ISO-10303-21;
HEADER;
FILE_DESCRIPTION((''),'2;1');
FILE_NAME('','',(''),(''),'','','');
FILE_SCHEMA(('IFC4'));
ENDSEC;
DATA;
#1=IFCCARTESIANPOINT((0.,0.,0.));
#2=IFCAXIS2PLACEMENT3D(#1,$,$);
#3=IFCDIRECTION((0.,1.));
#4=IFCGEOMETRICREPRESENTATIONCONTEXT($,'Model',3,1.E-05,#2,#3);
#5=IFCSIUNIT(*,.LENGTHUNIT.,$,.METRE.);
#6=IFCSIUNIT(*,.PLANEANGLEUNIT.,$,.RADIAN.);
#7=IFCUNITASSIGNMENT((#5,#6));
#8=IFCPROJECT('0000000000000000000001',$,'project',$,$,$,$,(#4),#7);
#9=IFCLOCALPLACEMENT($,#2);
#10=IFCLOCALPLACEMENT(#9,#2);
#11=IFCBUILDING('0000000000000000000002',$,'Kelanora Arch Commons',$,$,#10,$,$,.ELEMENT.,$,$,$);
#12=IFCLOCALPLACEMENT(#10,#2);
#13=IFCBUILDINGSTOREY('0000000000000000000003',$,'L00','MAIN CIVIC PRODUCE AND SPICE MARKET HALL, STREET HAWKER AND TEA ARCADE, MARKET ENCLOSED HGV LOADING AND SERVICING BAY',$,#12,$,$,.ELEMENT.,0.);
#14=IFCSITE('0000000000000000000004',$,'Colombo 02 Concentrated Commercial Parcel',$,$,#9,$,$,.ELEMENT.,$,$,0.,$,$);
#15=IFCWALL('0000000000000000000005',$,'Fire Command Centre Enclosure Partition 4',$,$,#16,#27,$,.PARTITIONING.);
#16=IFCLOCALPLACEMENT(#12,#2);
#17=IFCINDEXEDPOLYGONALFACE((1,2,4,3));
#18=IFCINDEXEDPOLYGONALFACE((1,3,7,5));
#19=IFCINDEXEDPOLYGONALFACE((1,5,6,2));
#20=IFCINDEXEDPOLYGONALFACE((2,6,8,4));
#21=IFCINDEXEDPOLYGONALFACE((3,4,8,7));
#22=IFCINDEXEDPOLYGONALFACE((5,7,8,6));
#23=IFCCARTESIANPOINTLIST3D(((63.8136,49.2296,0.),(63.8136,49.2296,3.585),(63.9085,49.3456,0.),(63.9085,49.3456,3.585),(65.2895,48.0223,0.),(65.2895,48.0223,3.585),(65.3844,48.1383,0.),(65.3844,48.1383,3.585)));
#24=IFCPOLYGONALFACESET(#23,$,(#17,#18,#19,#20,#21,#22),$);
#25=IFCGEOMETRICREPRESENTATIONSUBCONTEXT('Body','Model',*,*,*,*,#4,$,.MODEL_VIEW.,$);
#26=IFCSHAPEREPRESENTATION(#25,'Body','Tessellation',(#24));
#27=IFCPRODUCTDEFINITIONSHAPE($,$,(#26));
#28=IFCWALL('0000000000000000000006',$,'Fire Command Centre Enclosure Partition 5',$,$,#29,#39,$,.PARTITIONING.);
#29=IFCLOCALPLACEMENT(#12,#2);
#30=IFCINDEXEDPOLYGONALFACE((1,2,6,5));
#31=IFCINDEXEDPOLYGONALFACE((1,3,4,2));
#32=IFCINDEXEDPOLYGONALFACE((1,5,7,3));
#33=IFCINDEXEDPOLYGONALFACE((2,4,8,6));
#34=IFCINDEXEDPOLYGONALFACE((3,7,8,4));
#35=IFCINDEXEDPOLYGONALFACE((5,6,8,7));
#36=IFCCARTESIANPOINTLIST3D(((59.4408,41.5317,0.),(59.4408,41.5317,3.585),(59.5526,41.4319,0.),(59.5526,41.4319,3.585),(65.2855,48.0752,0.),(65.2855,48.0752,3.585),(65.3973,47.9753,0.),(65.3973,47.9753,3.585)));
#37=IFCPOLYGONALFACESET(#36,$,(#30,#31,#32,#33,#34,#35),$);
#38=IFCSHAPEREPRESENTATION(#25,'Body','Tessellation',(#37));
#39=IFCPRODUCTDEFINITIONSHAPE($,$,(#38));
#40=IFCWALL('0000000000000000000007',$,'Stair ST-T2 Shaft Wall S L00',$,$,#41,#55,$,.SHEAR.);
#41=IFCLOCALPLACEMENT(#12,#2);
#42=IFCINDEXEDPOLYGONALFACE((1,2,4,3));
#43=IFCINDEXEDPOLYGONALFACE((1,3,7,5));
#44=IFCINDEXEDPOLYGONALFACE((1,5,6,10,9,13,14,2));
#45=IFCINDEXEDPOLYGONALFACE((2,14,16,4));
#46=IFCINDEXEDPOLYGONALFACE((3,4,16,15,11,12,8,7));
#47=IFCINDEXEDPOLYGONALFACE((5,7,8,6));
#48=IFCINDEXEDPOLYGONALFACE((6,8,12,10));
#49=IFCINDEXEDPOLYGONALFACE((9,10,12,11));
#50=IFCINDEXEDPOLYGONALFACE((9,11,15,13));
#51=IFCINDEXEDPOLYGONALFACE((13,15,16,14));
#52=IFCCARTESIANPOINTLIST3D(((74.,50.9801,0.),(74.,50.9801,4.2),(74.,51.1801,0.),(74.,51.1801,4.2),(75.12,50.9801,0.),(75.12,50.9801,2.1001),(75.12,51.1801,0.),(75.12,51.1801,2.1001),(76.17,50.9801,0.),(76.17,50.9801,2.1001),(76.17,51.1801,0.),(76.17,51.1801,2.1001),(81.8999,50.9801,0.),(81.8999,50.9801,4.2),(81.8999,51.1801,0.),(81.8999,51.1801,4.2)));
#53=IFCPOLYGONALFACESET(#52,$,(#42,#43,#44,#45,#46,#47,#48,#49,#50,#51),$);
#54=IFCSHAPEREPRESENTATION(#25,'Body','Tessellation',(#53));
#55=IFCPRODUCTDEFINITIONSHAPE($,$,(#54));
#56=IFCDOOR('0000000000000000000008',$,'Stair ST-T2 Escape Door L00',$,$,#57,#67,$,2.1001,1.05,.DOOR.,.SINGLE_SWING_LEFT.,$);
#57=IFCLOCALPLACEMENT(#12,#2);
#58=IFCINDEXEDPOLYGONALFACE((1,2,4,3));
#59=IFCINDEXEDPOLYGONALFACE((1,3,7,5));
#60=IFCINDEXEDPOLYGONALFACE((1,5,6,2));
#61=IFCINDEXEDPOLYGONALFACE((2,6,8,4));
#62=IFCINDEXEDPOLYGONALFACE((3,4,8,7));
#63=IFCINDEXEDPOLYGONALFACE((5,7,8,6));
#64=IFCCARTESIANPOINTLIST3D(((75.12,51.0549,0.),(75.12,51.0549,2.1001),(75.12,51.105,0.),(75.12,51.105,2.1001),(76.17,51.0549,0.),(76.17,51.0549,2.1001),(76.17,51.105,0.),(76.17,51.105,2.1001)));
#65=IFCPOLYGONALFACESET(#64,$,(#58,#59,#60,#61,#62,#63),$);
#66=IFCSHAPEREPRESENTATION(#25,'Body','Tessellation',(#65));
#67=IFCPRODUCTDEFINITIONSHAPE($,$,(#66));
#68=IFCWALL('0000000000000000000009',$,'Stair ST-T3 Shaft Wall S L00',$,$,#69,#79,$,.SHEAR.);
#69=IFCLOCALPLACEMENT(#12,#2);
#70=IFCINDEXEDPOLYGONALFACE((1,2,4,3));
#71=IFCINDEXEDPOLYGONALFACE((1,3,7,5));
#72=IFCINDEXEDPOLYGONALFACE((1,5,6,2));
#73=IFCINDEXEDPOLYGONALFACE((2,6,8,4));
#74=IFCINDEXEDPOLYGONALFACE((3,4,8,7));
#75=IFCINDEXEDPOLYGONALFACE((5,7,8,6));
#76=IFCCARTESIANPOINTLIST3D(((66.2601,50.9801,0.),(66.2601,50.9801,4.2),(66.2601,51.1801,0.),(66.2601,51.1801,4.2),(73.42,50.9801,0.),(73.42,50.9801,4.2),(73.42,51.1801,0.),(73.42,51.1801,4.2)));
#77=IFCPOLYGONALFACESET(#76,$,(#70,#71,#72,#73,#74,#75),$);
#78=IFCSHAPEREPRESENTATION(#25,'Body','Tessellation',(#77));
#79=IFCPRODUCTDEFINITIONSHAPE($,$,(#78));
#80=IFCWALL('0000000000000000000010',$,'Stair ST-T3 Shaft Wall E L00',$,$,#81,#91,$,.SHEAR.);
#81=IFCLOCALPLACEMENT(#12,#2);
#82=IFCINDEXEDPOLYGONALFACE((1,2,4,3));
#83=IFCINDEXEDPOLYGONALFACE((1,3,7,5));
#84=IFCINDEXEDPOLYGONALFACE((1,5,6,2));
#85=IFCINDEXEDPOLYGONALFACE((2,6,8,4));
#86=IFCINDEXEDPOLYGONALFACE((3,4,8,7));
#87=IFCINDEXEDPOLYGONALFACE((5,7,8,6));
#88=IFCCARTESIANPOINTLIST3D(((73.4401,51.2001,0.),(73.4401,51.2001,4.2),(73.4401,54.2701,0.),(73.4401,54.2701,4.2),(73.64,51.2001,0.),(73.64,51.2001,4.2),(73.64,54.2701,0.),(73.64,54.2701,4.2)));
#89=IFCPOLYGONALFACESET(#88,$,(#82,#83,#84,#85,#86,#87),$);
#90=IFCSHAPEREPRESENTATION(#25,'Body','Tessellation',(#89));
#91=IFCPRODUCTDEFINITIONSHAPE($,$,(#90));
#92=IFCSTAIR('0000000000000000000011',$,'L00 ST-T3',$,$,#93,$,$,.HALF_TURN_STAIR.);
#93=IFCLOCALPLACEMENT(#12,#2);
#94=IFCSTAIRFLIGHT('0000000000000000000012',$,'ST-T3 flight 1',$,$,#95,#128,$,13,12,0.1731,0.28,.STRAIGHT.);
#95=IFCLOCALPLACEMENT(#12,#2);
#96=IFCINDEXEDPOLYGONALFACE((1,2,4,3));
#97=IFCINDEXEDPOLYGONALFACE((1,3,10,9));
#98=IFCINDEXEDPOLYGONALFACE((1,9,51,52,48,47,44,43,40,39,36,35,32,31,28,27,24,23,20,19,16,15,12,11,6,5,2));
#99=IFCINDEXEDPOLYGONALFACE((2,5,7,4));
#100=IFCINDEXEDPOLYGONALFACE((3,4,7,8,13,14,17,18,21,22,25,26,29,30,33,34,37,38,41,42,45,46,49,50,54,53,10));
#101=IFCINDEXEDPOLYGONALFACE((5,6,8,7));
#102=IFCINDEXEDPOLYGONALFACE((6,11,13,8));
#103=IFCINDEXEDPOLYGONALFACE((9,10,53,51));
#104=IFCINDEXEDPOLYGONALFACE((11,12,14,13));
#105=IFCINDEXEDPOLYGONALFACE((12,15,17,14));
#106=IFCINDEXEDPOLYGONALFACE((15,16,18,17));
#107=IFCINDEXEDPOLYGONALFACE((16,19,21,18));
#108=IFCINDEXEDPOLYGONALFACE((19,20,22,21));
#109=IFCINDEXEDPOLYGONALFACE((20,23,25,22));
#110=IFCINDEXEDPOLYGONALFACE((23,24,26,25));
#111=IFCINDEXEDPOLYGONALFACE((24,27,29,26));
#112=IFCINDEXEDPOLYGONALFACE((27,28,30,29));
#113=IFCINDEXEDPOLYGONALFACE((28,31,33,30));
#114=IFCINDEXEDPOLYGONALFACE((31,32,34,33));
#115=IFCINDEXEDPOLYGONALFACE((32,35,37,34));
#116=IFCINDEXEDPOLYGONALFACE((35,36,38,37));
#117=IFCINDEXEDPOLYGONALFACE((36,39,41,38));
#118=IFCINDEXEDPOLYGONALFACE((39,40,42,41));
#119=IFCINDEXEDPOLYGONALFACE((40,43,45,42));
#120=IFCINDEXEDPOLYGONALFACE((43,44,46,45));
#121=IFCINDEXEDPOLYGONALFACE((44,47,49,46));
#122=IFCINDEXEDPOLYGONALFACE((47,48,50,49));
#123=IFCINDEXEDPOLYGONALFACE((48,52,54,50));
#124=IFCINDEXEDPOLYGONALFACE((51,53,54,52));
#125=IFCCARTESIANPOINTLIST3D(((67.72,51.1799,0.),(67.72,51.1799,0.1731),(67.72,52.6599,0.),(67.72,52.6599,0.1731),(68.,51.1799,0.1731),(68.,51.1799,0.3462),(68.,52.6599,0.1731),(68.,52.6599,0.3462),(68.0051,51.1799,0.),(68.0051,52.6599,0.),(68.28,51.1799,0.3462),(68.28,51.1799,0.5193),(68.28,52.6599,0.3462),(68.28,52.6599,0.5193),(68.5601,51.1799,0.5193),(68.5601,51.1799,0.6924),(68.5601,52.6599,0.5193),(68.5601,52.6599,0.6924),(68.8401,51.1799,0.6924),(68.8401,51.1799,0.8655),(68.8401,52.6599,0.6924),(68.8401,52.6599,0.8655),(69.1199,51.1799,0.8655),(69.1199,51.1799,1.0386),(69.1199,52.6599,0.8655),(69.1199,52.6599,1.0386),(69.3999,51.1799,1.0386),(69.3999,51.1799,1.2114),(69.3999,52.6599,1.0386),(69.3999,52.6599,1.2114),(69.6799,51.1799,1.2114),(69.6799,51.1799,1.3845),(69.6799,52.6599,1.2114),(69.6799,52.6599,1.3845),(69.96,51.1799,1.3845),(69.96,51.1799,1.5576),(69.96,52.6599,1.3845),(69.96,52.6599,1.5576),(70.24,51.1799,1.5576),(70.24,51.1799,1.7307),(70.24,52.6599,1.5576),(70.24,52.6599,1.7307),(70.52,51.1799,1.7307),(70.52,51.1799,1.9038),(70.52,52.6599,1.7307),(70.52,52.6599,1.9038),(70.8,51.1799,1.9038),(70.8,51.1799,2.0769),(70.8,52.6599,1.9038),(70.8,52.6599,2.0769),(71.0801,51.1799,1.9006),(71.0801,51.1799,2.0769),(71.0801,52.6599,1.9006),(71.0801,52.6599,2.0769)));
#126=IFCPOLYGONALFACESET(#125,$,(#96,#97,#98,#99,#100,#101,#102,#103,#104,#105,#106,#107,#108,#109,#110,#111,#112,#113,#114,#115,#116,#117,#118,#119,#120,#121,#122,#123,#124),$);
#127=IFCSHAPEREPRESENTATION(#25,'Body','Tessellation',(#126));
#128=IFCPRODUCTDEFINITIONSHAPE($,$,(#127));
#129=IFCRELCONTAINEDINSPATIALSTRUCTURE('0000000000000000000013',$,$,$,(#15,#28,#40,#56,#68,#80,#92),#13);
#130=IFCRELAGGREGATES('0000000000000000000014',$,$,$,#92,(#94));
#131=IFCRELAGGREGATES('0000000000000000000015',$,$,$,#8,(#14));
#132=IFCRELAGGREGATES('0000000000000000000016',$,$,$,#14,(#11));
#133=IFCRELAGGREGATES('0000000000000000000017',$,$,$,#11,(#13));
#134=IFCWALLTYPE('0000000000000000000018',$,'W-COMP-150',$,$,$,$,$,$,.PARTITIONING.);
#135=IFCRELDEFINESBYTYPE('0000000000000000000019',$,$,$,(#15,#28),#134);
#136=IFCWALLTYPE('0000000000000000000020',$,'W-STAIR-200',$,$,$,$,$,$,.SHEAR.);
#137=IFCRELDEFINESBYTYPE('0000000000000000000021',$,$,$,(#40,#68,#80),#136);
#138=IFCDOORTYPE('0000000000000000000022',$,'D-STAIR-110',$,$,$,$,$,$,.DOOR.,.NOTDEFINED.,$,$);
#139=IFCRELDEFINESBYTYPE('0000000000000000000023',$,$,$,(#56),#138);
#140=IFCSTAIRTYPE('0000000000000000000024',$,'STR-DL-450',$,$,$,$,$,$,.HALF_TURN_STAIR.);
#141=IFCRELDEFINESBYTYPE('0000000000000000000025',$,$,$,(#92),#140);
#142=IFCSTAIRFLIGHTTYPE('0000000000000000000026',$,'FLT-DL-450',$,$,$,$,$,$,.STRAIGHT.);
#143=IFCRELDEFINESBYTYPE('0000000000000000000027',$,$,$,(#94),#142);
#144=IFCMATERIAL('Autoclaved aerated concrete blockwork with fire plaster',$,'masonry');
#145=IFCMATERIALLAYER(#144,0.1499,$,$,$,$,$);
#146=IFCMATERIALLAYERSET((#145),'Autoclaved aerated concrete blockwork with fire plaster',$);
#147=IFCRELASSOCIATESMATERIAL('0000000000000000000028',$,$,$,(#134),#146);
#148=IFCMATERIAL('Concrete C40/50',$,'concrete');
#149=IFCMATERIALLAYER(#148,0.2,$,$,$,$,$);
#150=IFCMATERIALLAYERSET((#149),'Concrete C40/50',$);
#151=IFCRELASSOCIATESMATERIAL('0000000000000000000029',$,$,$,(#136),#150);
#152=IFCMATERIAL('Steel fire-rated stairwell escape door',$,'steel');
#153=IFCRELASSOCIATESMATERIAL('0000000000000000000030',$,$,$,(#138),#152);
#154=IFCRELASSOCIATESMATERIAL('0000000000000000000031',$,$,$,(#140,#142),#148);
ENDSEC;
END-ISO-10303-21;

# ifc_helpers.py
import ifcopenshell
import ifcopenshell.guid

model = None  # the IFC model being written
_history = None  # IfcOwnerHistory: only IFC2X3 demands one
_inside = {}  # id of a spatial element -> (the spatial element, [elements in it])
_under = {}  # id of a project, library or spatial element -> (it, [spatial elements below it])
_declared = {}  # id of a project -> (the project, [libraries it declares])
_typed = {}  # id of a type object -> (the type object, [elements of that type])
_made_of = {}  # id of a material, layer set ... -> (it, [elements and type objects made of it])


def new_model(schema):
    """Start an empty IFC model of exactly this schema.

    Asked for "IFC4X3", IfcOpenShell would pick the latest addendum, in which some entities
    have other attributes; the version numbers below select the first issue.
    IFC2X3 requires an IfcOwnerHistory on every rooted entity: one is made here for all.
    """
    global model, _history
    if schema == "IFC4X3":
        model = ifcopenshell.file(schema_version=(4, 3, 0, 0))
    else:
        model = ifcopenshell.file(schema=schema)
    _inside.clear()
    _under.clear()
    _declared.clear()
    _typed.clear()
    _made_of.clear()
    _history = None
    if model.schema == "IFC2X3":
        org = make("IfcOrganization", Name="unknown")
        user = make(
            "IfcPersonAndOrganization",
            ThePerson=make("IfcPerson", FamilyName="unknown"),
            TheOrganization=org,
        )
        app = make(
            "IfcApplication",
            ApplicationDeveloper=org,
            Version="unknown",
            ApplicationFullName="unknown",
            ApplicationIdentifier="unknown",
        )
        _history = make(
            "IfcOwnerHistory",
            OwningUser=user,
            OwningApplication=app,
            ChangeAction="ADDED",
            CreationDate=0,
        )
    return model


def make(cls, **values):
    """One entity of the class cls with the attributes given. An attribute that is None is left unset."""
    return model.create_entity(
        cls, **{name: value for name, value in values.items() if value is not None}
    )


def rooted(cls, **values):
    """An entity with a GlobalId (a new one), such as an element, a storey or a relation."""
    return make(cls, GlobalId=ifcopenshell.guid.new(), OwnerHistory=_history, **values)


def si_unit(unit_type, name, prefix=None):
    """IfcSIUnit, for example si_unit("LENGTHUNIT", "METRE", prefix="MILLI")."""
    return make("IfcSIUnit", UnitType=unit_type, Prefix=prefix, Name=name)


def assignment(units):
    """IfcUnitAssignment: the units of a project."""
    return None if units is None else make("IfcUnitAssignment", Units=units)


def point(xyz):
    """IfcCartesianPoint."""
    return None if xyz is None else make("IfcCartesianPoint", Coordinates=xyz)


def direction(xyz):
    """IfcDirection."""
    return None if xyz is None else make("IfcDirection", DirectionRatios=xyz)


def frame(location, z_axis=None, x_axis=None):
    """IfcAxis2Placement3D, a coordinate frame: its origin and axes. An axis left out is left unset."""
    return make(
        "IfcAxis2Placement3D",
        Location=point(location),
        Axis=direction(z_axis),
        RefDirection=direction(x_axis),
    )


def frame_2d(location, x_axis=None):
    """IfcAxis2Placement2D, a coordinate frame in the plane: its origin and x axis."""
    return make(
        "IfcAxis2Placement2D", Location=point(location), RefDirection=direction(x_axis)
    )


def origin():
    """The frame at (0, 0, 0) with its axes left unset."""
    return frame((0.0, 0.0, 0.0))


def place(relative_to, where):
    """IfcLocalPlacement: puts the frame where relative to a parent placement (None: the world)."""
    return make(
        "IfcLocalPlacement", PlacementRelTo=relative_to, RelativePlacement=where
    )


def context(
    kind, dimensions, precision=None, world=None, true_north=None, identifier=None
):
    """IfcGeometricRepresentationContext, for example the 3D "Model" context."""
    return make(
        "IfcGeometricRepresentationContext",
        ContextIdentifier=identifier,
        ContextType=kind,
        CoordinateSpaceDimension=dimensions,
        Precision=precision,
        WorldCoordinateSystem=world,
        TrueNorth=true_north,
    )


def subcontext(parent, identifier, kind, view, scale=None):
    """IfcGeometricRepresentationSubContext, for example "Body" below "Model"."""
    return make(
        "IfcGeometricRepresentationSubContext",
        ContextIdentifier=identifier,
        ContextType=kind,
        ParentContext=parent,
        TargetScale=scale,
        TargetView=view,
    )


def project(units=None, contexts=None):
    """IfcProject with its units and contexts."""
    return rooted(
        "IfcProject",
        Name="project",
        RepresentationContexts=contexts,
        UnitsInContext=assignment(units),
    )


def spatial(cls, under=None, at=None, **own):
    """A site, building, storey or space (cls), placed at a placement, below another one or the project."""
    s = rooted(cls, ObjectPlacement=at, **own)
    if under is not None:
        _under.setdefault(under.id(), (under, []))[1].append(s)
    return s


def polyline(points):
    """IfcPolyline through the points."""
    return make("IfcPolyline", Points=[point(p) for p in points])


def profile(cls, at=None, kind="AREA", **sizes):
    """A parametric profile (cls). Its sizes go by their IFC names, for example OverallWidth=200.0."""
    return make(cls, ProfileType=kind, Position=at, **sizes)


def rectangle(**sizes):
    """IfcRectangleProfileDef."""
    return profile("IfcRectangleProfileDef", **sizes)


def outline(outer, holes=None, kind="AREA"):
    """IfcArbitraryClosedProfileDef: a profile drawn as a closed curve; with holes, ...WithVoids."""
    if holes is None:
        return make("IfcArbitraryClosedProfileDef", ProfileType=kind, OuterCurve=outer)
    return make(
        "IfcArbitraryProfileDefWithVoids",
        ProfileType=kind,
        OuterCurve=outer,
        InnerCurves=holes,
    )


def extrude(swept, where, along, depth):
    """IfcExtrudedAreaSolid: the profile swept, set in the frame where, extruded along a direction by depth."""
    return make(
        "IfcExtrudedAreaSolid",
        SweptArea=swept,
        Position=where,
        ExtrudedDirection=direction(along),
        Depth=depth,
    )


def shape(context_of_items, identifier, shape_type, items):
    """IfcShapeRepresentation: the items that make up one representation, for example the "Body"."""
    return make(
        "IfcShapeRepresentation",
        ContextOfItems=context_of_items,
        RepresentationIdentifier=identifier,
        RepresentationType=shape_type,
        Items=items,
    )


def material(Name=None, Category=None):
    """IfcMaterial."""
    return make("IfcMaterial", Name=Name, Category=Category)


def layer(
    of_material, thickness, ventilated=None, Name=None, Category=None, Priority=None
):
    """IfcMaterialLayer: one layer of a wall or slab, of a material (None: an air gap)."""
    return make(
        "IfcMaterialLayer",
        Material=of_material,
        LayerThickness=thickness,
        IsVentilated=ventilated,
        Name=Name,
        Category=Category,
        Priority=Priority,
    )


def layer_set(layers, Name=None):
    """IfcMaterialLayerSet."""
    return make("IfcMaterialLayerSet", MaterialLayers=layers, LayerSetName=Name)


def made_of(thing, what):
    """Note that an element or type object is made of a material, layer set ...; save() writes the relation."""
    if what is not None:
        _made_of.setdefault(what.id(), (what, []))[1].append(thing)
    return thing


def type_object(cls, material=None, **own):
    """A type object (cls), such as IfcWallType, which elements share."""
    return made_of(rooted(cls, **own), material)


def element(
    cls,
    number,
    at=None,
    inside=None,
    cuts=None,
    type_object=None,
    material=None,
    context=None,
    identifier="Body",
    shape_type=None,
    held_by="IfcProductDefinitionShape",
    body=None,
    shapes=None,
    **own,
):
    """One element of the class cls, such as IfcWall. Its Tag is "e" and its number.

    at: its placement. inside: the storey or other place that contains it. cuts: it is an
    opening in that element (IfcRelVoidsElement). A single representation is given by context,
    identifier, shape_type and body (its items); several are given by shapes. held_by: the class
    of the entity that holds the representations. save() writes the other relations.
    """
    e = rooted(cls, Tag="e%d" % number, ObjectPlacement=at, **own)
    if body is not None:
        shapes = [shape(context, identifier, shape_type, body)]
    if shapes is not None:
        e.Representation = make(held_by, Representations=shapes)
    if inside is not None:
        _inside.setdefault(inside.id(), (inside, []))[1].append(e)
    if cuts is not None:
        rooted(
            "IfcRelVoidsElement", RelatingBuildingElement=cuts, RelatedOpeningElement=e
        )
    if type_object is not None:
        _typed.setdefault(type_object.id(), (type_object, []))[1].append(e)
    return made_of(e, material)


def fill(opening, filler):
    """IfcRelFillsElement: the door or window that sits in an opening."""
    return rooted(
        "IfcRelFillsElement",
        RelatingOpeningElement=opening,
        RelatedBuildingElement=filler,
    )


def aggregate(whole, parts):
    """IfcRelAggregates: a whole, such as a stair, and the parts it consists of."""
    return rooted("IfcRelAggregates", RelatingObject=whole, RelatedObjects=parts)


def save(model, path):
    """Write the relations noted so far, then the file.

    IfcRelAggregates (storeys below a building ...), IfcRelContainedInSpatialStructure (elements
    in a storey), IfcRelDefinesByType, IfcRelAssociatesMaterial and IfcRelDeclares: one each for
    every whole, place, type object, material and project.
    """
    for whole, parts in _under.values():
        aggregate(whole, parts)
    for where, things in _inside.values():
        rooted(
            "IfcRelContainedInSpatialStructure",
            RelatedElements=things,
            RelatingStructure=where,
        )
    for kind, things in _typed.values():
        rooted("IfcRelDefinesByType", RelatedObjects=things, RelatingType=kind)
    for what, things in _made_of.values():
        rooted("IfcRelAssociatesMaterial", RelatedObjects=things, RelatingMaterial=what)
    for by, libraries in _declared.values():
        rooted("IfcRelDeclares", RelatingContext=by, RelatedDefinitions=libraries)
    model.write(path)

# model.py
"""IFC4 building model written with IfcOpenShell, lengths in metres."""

from ifc_helpers import new_model, si_unit, direction, frame, frame_2d, origin, place, context, subcontext, project, spatial, polyline, rectangle, outline, extrude, material, layer, layer_set, type_object, element, fill, aggregate, save


model = new_model("IFC4")

# Units and contexts
model_context = context("Model", 3, precision=1e-05, world=origin(), true_north=direction((0.0, 1.0)))
body_context = subcontext(model_context, "Body", "Model", "MODEL_VIEW")
ifc_project = project(units=[si_unit("LENGTHUNIT", "METRE"), si_unit("PLANEANGLEUNIT", "RADIAN")], contexts=[model_context])

# Site, building, storey
site_placement = place(None, origin())
site = spatial("IfcSite", under=ifc_project, at=site_placement, Name="Colombo 02 Concentrated Commercial Parcel", CompositionType="ELEMENT", RefElevation=0.0)
building_placement = place(site_placement, origin())
building = spatial("IfcBuilding", under=site, at=building_placement, Name="Kelanora Arch Commons", CompositionType="ELEMENT")
storey_placement = place(building_placement, origin())
storey = spatial("IfcBuildingStorey", under=building, at=storey_placement, Name="L00", Description="MAIN CIVIC PRODUCE AND SPICE MARKET HALL, STREET HAWKER AND TEA ARCADE, MARKET ENCLOSED HGV LOADING AND SERVICING BAY", CompositionType="ELEMENT", Elevation=0.0)

# Shared definitions
ifc_material_1 = material(Name="Autoclaved aerated concrete blockwork with fire plaster", Category="masonry")
ifc_layer_1 = layer(ifc_material_1, 0.1499)
ifc_layer_set_1 = layer_set([ifc_layer_1], Name="Autoclaved aerated concrete blockwork with fire plaster")
wall_type_1 = type_object("IfcWallType", Name="W-COMP-150", PredefinedType="PARTITIONING", material=ifc_layer_set_1)

# Walls
wall_1_placement = place(storey_placement, frame((63.8611, 49.2876, 0.0), z_axis=(0.0, 0.0, 1.0), x_axis=(0.774014, -0.633168, 0.0)))
element("IfcWall", 1, at=wall_1_placement, inside=storey, type_object=wall_type_1, Name="Fire Command Centre Enclosure Partition 4", PredefinedType="PARTITIONING", context=body_context, shape_type="SweptSolid", body=[
    extrude(rectangle(XDim=1.9067, YDim=0.1499, at=frame_2d((0.9534, 0.0))), origin(), (0.0, 0.0, 1.0), 3.585),
])
wall_2_placement = place(storey_placement, frame((65.3413, 48.0251, 0.0), z_axis=(0.0, 0.0, 1.0), x_axis=(-0.666165, -0.745804, 0.0)))
element("IfcWall", 2, at=wall_2_placement, inside=storey, type_object=wall_type_1, Name="Fire Command Centre Enclosure Partition 5", PredefinedType="PARTITIONING", context=body_context, shape_type="SweptSolid", body=[
    extrude(rectangle(XDim=8.7737, YDim=0.1499, at=frame_2d((4.3867, 0.0))), origin(), (0.0, 0.0, 1.0), 3.585),
])

# Wall, opening, door
ifc_material_2 = material(Name="Concrete C40/50", Category="concrete")
ifc_layer_2 = layer(ifc_material_2, 0.2)
ifc_layer_set_2 = layer_set([ifc_layer_2], Name="Concrete C40/50")
wall_type_2 = type_object("IfcWallType", Name="W-STAIR-200", PredefinedType="SHEAR", material=ifc_layer_set_2)
wall_3_placement = place(storey_placement, frame((74.0, 51.0801, 0.0), z_axis=(0.0, 0.0, 1.0), x_axis=(1.0, 0.0, 0.0)))
wall_3 = element("IfcWall", 3, at=wall_3_placement, inside=storey, type_object=wall_type_2, Name="Stair ST-T2 Shaft Wall S L00", PredefinedType="SHEAR", context=body_context, shape_type="SweptSolid", body=[
    extrude(rectangle(XDim=7.8999, YDim=0.2, at=frame_2d((3.95, 0.0))), origin(), (0.0, 0.0, 1.0), 4.2),
])
opening_1_placement = place(wall_3_placement, frame((1.1201, 0.0, 0.0)))
opening_1 = element("IfcOpeningElement", 4, at=opening_1_placement, cuts=wall_3, PredefinedType="OPENING", context=body_context, shape_type="SweptSolid", body=[
    extrude(rectangle(XDim=1.05, YDim=2.1001, at=frame_2d((0.5249, 1.05))), frame((0.0, 0.1099, 0.0), z_axis=(0.0, -1.0, 0.0), x_axis=(1.0, 0.0, 0.0)), (0.0, 0.0, 1.0), 0.22),
])
ifc_material_3 = material(Name="Steel fire-rated stairwell escape door", Category="steel")
door_type_1 = type_object("IfcDoorType", Name="D-STAIR-110", OperationType="NOTDEFINED", PredefinedType="DOOR", material=ifc_material_3)
door_1_placement = place(opening_1_placement, origin())
door_1 = element("IfcDoor", 5, at=door_1_placement, inside=storey, type_object=door_type_1, Name="Stair ST-T2 Escape Door L00", OperationType="SINGLE_SWING_LEFT", OverallHeight=2.1001, OverallWidth=1.05, PredefinedType="DOOR", context=body_context, shape_type="SweptSolid", body=[
    extrude(rectangle(XDim=1.05, YDim=2.1001, at=frame_2d((0.5249, 1.05))), frame((0.0, 0.0249, 0.0), z_axis=(0.0, -1.0, 0.0), x_axis=(1.0, 0.0, 0.0)), (0.0, 0.0, 1.0), 0.05),
])
fill(opening_1, door_1)

# Walls
wall_4_placement = place(storey_placement, frame((66.26, 51.0801, 0.0), z_axis=(0.0, 0.0, 1.0), x_axis=(1.0, 0.0, 0.0)))
element("IfcWall", 6, at=wall_4_placement, inside=storey, type_object=wall_type_2, Name="Stair ST-T3 Shaft Wall S L00", PredefinedType="SHEAR", context=body_context, shape_type="SweptSolid", body=[
    extrude(rectangle(XDim=7.1599, YDim=0.2, at=frame_2d((3.5801, 0.0))), origin(), (0.0, 0.0, 1.0), 4.2),
])
wall_5_placement = place(storey_placement, frame((73.54, 51.2, 0.0), z_axis=(0.0, 0.0, 1.0), x_axis=(0.0, 1.0, 0.0)))
element("IfcWall", 7, at=wall_5_placement, inside=storey, type_object=wall_type_2, Name="Stair ST-T3 Shaft Wall E L00", PredefinedType="SHEAR", context=body_context, shape_type="SweptSolid", body=[
    extrude(rectangle(XDim=3.0701, YDim=0.2, at=frame_2d((1.5352, 0.0))), origin(), (0.0, 0.0, 1.0), 4.2),
])

# Stair, stair flight
stair_type = type_object("IfcStairType", Name="STR-DL-450", PredefinedType="HALF_TURN_STAIR", material=ifc_material_2)
stair_placement = place(storey_placement, origin())
stair = element("IfcStair", 8, at=stair_placement, inside=storey, type_object=stair_type, Name="L00 ST-T3", PredefinedType="HALF_TURN_STAIR")
stair_flight_type = type_object("IfcStairFlightType", Name="FLT-DL-450", PredefinedType="STRAIGHT", material=ifc_material_2)
stair_flight_placement = place(storey_placement, frame((67.72, 51.9199, 0.0), z_axis=(0.0, 0.0, 1.0), x_axis=(1.0, 0.0, 0.0)))
stair_flight = element("IfcStairFlight", 9, at=stair_flight_placement, type_object=stair_flight_type, Name="ST-T3 flight 1", NumberOfRisers=13, NumberOfTreads=12, PredefinedType="STRAIGHT", RiserHeight=0.1731, TreadLength=0.28, context=body_context, shape_type="SweptSolid", body=[
    extrude(outline(polyline([(0.0, 0.0), (0.0, 0.1731), (0.28, 0.1731), (0.28, 0.3462), (0.5601, 0.3462), (0.5601, 0.5193), (0.8401, 0.5193), (0.8401, 0.6924), (1.1201, 0.6924), (1.1201, 0.8655), (1.3999, 0.8655), (1.3999, 1.0386), (1.6799, 1.0386), (1.6799, 1.2114), (1.96, 1.2114), (1.96, 1.3845), (2.24, 1.3845), (2.24, 1.5576), (2.52, 1.5576), (2.52, 1.7307), (2.8, 1.7307), (2.8, 1.9038), (3.0801, 1.9038), (3.0801, 2.0769), (3.3601, 2.0769), (3.3601, 2.25), (3.3601, 1.9006), (0.2852, 0.0), (0.0, 0.0)])), frame((0.0, 0.74, 0.0), z_axis=(0.0, -1.0, 0.0), x_axis=(1.0, 0.0, 0.0)), (0.0, 0.0, 1.0), 1.48),
])
aggregate(stair, [stair_flight])

save(model, "model.ifc")
